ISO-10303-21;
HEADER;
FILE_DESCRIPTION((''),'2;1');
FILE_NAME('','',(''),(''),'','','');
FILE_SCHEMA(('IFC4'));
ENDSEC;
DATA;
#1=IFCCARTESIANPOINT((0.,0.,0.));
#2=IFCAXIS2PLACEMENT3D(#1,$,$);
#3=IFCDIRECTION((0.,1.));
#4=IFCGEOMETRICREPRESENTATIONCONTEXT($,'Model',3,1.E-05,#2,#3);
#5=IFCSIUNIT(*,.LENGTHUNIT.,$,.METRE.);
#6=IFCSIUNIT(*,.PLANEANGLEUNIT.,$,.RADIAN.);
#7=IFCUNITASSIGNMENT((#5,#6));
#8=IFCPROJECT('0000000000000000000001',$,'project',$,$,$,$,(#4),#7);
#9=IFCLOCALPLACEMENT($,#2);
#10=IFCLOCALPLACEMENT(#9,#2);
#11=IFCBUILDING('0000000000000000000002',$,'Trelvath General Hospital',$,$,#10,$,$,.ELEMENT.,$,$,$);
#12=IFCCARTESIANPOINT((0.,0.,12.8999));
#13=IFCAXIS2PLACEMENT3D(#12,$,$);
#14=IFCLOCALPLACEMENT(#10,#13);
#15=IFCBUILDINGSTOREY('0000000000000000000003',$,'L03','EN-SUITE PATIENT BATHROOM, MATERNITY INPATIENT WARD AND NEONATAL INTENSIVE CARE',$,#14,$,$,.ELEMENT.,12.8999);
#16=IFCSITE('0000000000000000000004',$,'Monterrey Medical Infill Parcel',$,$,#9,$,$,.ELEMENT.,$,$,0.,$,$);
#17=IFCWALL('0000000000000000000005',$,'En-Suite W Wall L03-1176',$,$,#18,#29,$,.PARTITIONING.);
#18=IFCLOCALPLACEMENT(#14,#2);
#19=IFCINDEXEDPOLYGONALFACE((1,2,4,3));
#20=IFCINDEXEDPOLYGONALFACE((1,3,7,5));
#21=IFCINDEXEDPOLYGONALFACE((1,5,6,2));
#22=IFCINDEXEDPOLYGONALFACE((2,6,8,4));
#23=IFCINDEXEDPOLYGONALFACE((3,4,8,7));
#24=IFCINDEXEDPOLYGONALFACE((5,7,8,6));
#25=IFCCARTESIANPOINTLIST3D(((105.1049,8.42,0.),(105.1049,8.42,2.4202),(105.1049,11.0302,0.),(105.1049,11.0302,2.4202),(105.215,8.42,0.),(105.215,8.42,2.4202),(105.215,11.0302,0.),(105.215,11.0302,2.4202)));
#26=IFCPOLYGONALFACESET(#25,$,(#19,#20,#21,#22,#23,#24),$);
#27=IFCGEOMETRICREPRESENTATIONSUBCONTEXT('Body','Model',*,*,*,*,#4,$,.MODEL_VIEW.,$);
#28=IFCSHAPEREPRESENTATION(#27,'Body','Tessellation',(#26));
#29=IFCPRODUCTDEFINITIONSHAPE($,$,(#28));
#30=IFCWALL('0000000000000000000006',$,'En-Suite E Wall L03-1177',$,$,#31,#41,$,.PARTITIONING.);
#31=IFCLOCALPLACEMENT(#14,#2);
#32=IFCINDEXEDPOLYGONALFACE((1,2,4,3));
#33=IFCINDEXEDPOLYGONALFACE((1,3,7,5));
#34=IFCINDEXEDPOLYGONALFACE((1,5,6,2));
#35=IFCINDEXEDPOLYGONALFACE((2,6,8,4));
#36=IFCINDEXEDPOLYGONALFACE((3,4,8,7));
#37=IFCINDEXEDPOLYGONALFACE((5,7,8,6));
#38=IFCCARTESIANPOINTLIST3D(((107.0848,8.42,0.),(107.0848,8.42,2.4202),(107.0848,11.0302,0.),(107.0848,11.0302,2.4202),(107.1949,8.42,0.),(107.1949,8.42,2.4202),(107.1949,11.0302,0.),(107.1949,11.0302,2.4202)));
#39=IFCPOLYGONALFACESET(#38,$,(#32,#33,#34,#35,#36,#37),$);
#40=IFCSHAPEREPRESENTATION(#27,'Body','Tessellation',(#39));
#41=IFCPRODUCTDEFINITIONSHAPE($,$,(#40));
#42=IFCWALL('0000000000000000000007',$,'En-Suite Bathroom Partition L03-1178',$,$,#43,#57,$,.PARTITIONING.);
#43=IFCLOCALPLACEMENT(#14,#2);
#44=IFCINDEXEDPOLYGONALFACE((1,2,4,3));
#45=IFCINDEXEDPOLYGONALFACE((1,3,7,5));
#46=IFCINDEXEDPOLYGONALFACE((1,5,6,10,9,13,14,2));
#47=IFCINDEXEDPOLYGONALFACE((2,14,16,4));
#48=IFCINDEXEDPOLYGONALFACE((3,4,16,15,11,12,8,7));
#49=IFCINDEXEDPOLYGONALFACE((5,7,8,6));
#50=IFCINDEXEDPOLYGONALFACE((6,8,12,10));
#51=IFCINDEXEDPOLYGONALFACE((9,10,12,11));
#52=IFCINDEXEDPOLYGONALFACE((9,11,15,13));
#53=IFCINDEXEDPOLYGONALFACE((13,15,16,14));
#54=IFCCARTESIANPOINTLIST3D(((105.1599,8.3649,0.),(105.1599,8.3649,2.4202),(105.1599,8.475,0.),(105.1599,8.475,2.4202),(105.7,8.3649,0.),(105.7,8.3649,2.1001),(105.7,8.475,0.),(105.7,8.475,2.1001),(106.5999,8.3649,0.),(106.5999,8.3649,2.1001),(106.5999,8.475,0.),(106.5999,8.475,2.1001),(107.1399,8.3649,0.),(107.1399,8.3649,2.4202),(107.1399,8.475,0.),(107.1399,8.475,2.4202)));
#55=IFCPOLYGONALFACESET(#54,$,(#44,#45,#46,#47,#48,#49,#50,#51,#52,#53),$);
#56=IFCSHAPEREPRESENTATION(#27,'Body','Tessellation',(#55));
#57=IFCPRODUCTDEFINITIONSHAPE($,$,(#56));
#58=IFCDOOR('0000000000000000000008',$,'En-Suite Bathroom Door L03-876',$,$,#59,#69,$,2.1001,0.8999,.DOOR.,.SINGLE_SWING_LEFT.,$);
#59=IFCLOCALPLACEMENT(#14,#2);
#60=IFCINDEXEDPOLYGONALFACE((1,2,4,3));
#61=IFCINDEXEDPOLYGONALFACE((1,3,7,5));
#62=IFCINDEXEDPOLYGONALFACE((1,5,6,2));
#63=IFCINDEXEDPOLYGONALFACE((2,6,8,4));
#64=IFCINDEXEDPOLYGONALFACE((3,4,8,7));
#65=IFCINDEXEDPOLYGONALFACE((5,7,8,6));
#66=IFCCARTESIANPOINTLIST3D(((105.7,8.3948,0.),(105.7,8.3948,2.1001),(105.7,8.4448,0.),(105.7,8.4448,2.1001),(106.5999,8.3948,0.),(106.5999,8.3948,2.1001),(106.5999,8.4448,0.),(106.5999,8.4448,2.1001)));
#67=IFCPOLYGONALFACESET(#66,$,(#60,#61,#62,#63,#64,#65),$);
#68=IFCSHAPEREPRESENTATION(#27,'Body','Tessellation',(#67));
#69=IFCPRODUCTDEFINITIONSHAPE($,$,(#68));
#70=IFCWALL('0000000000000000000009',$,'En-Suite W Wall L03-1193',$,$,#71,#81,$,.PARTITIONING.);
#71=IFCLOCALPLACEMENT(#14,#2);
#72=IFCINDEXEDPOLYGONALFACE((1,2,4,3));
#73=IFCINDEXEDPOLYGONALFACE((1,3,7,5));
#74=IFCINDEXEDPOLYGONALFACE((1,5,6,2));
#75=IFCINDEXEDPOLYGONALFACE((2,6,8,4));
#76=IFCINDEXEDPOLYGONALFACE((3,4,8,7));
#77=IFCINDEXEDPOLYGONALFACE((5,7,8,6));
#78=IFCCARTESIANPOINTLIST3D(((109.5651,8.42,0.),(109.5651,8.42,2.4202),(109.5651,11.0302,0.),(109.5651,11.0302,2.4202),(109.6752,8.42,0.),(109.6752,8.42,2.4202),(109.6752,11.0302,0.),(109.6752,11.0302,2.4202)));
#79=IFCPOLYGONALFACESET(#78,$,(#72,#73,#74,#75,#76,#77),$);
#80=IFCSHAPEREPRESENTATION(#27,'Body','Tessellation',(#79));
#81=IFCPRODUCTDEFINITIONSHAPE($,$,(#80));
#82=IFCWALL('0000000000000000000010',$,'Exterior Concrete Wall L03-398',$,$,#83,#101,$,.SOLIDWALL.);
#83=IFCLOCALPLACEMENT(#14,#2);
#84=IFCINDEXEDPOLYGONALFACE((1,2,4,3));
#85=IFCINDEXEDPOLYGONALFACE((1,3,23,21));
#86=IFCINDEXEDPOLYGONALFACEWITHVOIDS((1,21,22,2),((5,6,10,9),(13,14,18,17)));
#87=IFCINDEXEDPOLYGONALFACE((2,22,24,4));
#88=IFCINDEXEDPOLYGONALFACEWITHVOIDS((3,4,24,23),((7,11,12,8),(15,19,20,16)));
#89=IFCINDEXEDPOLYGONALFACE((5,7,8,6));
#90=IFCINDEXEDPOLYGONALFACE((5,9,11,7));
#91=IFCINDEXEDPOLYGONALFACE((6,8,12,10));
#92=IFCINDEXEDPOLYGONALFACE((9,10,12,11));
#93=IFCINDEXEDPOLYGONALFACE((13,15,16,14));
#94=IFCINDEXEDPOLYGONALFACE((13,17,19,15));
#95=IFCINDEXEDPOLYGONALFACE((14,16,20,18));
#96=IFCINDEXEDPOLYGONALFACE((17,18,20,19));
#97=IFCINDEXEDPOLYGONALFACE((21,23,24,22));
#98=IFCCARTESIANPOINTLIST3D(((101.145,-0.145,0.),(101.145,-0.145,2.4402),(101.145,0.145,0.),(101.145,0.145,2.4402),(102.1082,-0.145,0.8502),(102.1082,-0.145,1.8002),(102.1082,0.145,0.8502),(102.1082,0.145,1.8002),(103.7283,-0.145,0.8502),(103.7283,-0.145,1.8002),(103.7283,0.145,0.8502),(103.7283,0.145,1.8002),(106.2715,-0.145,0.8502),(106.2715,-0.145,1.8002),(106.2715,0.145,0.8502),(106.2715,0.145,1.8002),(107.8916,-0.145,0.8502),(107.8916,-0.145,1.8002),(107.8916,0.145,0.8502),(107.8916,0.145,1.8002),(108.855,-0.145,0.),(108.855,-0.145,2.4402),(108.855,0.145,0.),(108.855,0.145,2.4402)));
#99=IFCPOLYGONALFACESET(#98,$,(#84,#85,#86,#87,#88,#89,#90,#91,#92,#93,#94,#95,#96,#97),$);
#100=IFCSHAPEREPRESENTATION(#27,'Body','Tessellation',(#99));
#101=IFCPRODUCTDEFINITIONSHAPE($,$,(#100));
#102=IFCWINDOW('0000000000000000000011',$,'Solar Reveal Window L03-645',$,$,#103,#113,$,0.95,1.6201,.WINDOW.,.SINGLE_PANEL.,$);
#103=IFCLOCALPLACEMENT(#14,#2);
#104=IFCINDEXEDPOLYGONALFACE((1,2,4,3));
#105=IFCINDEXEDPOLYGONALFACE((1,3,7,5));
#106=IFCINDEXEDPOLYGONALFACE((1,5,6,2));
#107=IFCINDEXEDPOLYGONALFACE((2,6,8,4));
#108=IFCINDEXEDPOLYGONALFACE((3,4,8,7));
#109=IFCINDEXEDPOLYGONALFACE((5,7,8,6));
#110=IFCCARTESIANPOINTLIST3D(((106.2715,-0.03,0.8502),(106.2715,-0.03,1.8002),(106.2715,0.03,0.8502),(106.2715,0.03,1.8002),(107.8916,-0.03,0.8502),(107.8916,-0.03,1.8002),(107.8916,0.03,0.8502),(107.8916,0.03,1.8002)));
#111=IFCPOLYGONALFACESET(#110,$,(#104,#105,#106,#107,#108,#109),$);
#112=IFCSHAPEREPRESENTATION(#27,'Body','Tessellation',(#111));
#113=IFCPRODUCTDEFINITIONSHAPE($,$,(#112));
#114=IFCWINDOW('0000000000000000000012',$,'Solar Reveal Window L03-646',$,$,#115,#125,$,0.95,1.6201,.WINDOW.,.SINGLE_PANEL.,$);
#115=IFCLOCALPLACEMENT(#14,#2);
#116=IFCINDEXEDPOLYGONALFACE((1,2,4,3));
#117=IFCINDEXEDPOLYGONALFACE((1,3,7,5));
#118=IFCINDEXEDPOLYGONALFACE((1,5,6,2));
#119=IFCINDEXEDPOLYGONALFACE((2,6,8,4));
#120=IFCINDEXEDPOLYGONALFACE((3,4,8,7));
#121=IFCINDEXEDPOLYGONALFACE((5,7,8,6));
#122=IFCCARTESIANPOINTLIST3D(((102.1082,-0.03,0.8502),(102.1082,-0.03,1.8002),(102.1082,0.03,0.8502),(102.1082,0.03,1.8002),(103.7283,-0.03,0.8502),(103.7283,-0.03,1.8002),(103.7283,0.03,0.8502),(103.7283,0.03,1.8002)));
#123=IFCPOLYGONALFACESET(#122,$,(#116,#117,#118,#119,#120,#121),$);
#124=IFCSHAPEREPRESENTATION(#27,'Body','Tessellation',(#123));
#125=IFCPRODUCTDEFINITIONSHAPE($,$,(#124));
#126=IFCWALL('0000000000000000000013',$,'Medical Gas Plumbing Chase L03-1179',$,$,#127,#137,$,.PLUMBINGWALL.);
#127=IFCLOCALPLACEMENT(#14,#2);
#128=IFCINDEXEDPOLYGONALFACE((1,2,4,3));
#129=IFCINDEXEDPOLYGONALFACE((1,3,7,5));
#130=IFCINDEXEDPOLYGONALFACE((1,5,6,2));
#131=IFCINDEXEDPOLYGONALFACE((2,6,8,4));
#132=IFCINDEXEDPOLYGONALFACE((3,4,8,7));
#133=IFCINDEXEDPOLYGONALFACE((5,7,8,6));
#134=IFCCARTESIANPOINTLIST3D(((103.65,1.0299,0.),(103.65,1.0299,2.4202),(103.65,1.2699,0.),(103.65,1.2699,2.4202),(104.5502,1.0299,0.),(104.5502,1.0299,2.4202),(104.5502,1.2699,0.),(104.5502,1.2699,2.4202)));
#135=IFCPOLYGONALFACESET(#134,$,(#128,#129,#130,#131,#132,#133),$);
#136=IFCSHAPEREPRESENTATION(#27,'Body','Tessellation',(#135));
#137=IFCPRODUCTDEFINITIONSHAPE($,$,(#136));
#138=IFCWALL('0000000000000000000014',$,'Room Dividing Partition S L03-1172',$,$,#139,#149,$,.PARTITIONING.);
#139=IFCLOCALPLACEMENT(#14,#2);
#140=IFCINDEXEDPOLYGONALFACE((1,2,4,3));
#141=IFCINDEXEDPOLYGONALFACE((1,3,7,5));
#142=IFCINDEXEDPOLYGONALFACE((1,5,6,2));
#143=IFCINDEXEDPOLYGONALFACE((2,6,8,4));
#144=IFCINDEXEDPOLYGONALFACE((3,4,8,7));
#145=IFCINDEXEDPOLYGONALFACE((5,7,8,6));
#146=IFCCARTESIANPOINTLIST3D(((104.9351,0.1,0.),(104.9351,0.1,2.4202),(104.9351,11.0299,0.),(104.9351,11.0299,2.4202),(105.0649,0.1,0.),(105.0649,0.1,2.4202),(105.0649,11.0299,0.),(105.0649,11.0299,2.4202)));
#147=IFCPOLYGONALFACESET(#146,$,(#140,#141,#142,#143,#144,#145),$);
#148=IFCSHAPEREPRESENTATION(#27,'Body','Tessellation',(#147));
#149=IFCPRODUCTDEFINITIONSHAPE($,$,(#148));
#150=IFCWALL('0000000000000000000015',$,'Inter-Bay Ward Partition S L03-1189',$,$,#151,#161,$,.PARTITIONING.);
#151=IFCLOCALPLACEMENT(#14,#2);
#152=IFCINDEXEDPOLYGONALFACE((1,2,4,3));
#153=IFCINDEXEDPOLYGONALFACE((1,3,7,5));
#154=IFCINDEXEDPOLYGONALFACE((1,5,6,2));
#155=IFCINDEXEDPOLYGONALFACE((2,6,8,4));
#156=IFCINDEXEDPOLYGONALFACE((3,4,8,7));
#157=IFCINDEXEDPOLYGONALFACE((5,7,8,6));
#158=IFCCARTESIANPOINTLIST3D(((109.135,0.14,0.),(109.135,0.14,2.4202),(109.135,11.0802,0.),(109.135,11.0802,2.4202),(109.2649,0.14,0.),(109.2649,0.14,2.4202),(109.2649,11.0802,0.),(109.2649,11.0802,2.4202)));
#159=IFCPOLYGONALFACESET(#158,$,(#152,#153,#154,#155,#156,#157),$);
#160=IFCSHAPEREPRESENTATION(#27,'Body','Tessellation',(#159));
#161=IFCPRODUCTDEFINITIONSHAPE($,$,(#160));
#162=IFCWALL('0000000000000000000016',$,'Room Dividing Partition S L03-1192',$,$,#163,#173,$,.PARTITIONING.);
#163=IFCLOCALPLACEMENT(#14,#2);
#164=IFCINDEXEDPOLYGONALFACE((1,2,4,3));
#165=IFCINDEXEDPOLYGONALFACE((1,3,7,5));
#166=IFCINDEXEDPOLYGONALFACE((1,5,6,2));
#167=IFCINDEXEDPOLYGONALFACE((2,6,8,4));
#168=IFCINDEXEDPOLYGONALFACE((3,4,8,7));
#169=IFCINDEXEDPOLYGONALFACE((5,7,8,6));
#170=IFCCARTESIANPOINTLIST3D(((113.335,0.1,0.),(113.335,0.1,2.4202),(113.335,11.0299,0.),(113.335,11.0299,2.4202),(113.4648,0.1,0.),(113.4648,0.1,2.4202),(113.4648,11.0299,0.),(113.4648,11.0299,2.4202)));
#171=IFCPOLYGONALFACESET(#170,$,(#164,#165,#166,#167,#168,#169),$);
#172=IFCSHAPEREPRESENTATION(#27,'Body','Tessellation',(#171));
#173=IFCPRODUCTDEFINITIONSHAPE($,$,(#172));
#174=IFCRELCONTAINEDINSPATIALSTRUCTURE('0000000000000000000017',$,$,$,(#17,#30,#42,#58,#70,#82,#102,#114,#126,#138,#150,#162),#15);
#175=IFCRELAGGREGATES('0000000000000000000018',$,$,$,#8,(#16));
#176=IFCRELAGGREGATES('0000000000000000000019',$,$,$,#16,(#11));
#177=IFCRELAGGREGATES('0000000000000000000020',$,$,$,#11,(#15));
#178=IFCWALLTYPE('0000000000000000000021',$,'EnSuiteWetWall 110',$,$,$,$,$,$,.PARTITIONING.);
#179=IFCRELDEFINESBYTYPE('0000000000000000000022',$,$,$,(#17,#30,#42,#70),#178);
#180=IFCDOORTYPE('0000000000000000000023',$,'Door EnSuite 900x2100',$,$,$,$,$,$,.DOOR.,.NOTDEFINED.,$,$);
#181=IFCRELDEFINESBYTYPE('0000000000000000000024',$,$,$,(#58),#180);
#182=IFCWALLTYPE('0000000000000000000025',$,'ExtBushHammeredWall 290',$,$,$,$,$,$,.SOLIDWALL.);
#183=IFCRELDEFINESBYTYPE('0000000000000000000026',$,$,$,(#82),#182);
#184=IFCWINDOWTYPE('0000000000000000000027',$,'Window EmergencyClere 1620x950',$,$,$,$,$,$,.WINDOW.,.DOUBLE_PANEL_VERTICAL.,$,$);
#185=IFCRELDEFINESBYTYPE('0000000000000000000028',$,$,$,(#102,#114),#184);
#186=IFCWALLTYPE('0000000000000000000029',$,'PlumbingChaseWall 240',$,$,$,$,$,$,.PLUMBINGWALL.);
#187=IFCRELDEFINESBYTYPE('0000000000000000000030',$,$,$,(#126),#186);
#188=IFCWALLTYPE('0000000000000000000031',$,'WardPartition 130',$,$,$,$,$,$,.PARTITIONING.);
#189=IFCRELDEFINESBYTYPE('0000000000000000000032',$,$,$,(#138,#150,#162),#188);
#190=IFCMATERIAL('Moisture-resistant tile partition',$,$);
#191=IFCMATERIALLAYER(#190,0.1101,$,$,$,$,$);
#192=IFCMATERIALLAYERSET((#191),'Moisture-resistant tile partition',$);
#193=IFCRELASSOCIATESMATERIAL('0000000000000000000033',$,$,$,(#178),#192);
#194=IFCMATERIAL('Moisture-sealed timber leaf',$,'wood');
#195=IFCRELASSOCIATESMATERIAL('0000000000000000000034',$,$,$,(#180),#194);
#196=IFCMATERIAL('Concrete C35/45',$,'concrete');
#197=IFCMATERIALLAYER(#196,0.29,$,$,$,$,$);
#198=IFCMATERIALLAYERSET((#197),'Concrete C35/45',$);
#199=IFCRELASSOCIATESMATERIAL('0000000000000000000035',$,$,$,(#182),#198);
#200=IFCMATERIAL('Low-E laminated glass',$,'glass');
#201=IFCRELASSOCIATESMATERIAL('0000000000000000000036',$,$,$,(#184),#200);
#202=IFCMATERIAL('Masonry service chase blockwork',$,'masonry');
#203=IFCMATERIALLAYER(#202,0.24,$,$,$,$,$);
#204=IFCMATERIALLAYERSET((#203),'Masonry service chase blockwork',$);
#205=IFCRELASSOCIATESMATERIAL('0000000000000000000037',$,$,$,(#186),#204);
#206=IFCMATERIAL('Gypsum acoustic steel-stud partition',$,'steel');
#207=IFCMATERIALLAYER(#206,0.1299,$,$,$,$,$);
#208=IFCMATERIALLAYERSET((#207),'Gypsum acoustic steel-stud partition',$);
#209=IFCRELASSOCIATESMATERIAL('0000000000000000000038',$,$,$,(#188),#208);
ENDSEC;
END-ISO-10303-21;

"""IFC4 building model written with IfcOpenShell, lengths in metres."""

from ifc_helpers import new_model, si_unit, direction, frame, frame_2d, origin, place, context, subcontext, project, spatial, rectangle, extrude, material, layer, layer_set, type_object, element, fill, save


model = new_model("IFC4")

# Units and contexts
model_context = context("Model", 3, precision=1e-05, world=origin(), true_north=direction((0.0, 1.0)))
body_context = subcontext(model_context, "Body", "Model", "MODEL_VIEW")
ifc_project = project(units=[si_unit("LENGTHUNIT", "METRE"), si_unit("PLANEANGLEUNIT", "RADIAN")], contexts=[model_context])

# Site, building, storey
site_placement = place(None, origin())
site = spatial("IfcSite", under=ifc_project, at=site_placement, Name="Monterrey Medical Infill Parcel", CompositionType="ELEMENT", RefElevation=0.0)
building_placement = place(site_placement, origin())
building = spatial("IfcBuilding", under=site, at=building_placement, Name="Trelvath General Hospital", CompositionType="ELEMENT")
storey_placement = place(building_placement, frame((0.0, 0.0, 12.8999)))
storey = spatial("IfcBuildingStorey", under=building, at=storey_placement, Name="L03", Description="EN-SUITE PATIENT BATHROOM, MATERNITY INPATIENT WARD AND NEONATAL INTENSIVE CARE", CompositionType="ELEMENT", Elevation=12.8999)

# Shared definitions
ifc_material_1 = material(Name="Moisture-resistant tile partition")
ifc_layer_1 = layer(ifc_material_1, 0.1101)
ifc_layer_set_1 = layer_set([ifc_layer_1], Name="Moisture-resistant tile partition")
wall_type_1 = type_object("IfcWallType", Name="EnSuiteWetWall 110", PredefinedType="PARTITIONING", material=ifc_layer_set_1)

# Shared definitions
ifc_material_2 = material(Name="Moisture-sealed timber leaf", Category="wood")
door_type = type_object("IfcDoorType", Name="Door EnSuite 900x2100", OperationType="NOTDEFINED", PredefinedType="DOOR", material=ifc_material_2)

# Walls
for number, where, z_axis, x_axis, name in (
    (1, (105.1599, 8.4199, 0.0), (0.0, 0.0, 1.0), (0.0, 1.0, 0.0), "En-Suite W Wall L03-1176"),
    (2, (107.1399, 8.4199, 0.0), (0.0, 0.0, 1.0), (0.0, 1.0, 0.0), "En-Suite E Wall L03-1177"),
):
    element("IfcWall", number, at=place(storey_placement, frame(where, z_axis=z_axis, x_axis=x_axis)), inside=storey, type_object=wall_type_1, Name=name, PredefinedType="PARTITIONING", context=body_context, shape_type="SweptSolid", body=[
        extrude(rectangle(XDim=2.6101, YDim=0.1101, at=frame_2d((1.3052, 0.0))), origin(), (0.0, 0.0, 1.0), 2.4202),
    ])

# Wall, opening, door
wall_1_placement = place(storey_placement, frame((105.1599, 8.4199, 0.0), z_axis=(0.0, 0.0, 1.0), x_axis=(1.0, 0.0, 0.0)))
wall_1 = element("IfcWall", 3, at=wall_1_placement, inside=storey, type_object=wall_type_1, Name="En-Suite Bathroom Partition L03-1178", PredefinedType="PARTITIONING", context=body_context, shape_type="SweptSolid", body=[
    extrude(rectangle(XDim=1.98, YDim=0.1101, at=frame_2d((0.99, 0.0))), origin(), (0.0, 0.0, 1.0), 2.4202),
])
opening_1_placement = place(wall_1_placement, frame((0.54, 0.0, 0.0)))
opening_1 = element("IfcOpeningElement", 4, at=opening_1_placement, cuts=wall_1, PredefinedType="OPENING", context=body_context, shape_type="SweptSolid", body=[
    extrude(rectangle(XDim=0.8999, YDim=2.1001, at=frame_2d((0.45, 1.05))), frame((0.0, 0.0649, 0.0), z_axis=(0.0, -1.0, 0.0), x_axis=(1.0, 0.0, 0.0)), (0.0, 0.0, 1.0), 0.1301),
])
door_1_placement = place(opening_1_placement, origin())
door_1 = element("IfcDoor", 5, at=door_1_placement, inside=storey, type_object=door_type, Name="En-Suite Bathroom Door L03-876", OperationType="SINGLE_SWING_LEFT", OverallHeight=2.1001, OverallWidth=0.8999, PredefinedType="DOOR", context=body_context, shape_type="SweptSolid", body=[
    extrude(rectangle(XDim=0.8999, YDim=2.1001, at=frame_2d((0.45, 1.05))), frame((0.0, 0.0249, 0.0), z_axis=(0.0, -1.0, 0.0), x_axis=(1.0, 0.0, 0.0)), (0.0, 0.0, 1.0), 0.05),
])
fill(opening_1, door_1)

# Wall
wall_2_placement = place(storey_placement, frame((109.6201, 8.4199, 0.0), z_axis=(0.0, 0.0, 1.0), x_axis=(0.0, 1.0, 0.0)))
element("IfcWall", 6, at=wall_2_placement, inside=storey, type_object=wall_type_1, Name="En-Suite W Wall L03-1193", PredefinedType="PARTITIONING", context=body_context, shape_type="SweptSolid", body=[
    extrude(rectangle(XDim=2.6101, YDim=0.1101, at=frame_2d((1.3052, 0.0))), origin(), (0.0, 0.0, 1.0), 2.4202),
])

# Wall, openings, windows
ifc_material_3 = material(Name="Concrete C35/45", Category="concrete")
ifc_layer_2 = layer(ifc_material_3, 0.29)
ifc_layer_set_2 = layer_set([ifc_layer_2], Name="Concrete C35/45")
wall_type_2 = type_object("IfcWallType", Name="ExtBushHammeredWall 290", PredefinedType="SOLIDWALL", material=ifc_layer_set_2)
wall_3_placement = place(storey_placement, frame((108.855, 0.0, 0.0), z_axis=(0.0, 0.0, 1.0), x_axis=(-1.0, 0.0, 0.0)))
wall_3 = element("IfcWall", 7, at=wall_3_placement, inside=storey, type_object=wall_type_2, Name="Exterior Concrete Wall L03-398", PredefinedType="SOLIDWALL", context=body_context, shape_type="SweptSolid", body=[
    extrude(rectangle(XDim=7.71, YDim=0.29, at=frame_2d((3.855, 0.0))), origin(), (0.0, 0.0, 1.0), 2.4402),
])
opening_2_placement = place(wall_3_placement, frame((0.9634, 0.0, 0.8501)))
opening_2 = element("IfcOpeningElement", 8, at=opening_2_placement, cuts=wall_3, PredefinedType="OPENING", context=body_context, shape_type="SweptSolid", body=[
    extrude(rectangle(XDim=1.6201, YDim=0.95, at=frame_2d((0.8101, 0.4751))), frame((0.0, 0.155, 0.0), z_axis=(0.0, -1.0, 0.0), x_axis=(1.0, 0.0, 0.0)), (0.0, 0.0, 1.0), 0.3101),
])
opening_3_placement = place(wall_3_placement, frame((5.1267, 0.0, 0.8501)))
opening_3 = element("IfcOpeningElement", 9, at=opening_3_placement, cuts=wall_3, PredefinedType="OPENING", context=body_context, shape_type="SweptSolid", body=[
    extrude(rectangle(XDim=1.6201, YDim=0.95, at=frame_2d((0.8101, 0.4751))), frame((0.0, 0.155, 0.0), z_axis=(0.0, -1.0, 0.0), x_axis=(1.0, 0.0, 0.0)), (0.0, 0.0, 1.0), 0.3101),
])
ifc_material_4 = material(Name="Low-E laminated glass", Category="glass")
window_type = type_object("IfcWindowType", Name="Window EmergencyClere 1620x950", PartitioningType="DOUBLE_PANEL_VERTICAL", PredefinedType="WINDOW", material=ifc_material_4)
window_1_placement = place(opening_2_placement, origin())
window_1 = element("IfcWindow", 10, at=window_1_placement, inside=storey, type_object=window_type, Name="Solar Reveal Window L03-645", OverallHeight=0.95, OverallWidth=1.6201, PartitioningType="SINGLE_PANEL", PredefinedType="WINDOW", context=body_context, shape_type="SweptSolid", body=[
    extrude(rectangle(XDim=1.6201, YDim=0.95, at=frame_2d((0.8101, 0.4751))), frame((0.0, 0.03, 0.0), z_axis=(0.0, -1.0, 0.0), x_axis=(1.0, 0.0, 0.0)), (0.0, 0.0, 1.0), 0.0601),
])
fill(opening_2, window_1)
window_2_placement = place(opening_3_placement, origin())
window_2 = element("IfcWindow", 11, at=window_2_placement, inside=storey, type_object=window_type, Name="Solar Reveal Window L03-646", OverallHeight=0.95, OverallWidth=1.6201, PartitioningType="SINGLE_PANEL", PredefinedType="WINDOW", context=body_context, shape_type="SweptSolid", body=[
    extrude(rectangle(XDim=1.6201, YDim=0.95, at=frame_2d((0.8101, 0.4751))), frame((0.0, 0.03, 0.0), z_axis=(0.0, -1.0, 0.0), x_axis=(1.0, 0.0, 0.0)), (0.0, 0.0, 1.0), 0.0601),
])
fill(opening_3, window_2)

# Walls
ifc_material_5 = material(Name="Masonry service chase blockwork", Category="masonry")
ifc_layer_3 = layer(ifc_material_5, 0.24)
ifc_layer_set_3 = layer_set([ifc_layer_3], Name="Masonry service chase blockwork")
wall_type_3 = type_object("IfcWallType", Name="PlumbingChaseWall 240", PredefinedType="PLUMBINGWALL", material=ifc_layer_set_3)
wall_4_placement = place(storey_placement, frame((103.6499, 1.1499, 0.0), z_axis=(0.0, 0.0, 1.0), x_axis=(1.0, 0.0, 0.0)))
element("IfcWall", 12, at=wall_4_placement, inside=storey, type_object=wall_type_3, Name="Medical Gas Plumbing Chase L03-1179", PredefinedType="PLUMBINGWALL", context=body_context, shape_type="SweptSolid", body=[
    extrude(rectangle(XDim=0.9001, YDim=0.24, at=frame_2d((0.4502, 0.0))), origin(), (0.0, 0.0, 1.0), 2.4202),
])
ifc_material_6 = material(Name="Gypsum acoustic steel-stud partition", Category="steel")
ifc_layer_4 = layer(ifc_material_6, 0.1299)
ifc_layer_set_4 = layer_set([ifc_layer_4], Name="Gypsum acoustic steel-stud partition")
wall_type_4 = type_object("IfcWallType", Name="WardPartition 130", PredefinedType="PARTITIONING", material=ifc_layer_set_4)
wall_5_placement = place(storey_placement, frame((105.0, 0.1001, 0.0), z_axis=(0.0, 0.0, 1.0), x_axis=(0.0, 1.0, 0.0)))
element("IfcWall", 13, at=wall_5_placement, inside=storey, type_object=wall_type_4, Name="Room Dividing Partition S L03-1172", PredefinedType="PARTITIONING", context=body_context, shape_type="SweptSolid", body=[
    extrude(rectangle(XDim=10.9299, YDim=0.1299, at=frame_2d((5.4648, 0.0))), origin(), (0.0, 0.0, 1.0), 2.4202),
])
wall_6_placement = place(storey_placement, frame((109.2, 0.1399, 0.0), z_axis=(0.0, 0.0, 1.0), x_axis=(0.0, 1.0, 0.0)))
element("IfcWall", 14, at=wall_6_placement, inside=storey, type_object=wall_type_4, Name="Inter-Bay Ward Partition S L03-1189", PredefinedType="PARTITIONING", context=body_context, shape_type="SweptSolid", body=[
    extrude(rectangle(XDim=10.9402, YDim=0.1299, at=frame_2d((5.4702, 0.0))), origin(), (0.0, 0.0, 1.0), 2.4202),
])
wall_7_placement = place(storey_placement, frame((113.3999, 0.1001, 0.0), z_axis=(0.0, 0.0, 1.0), x_axis=(0.0, 1.0, 0.0)))
element("IfcWall", 15, at=wall_7_placement, inside=storey, type_object=wall_type_4, Name="Room Dividing Partition S L03-1192", PredefinedType="PARTITIONING", context=body_context, shape_type="SweptSolid", body=[
    extrude(rectangle(XDim=10.9299, YDim=0.1299, at=frame_2d((5.4648, 0.0))), origin(), (0.0, 0.0, 1.0), 2.4202),
])

save(model, "model.ifc")
